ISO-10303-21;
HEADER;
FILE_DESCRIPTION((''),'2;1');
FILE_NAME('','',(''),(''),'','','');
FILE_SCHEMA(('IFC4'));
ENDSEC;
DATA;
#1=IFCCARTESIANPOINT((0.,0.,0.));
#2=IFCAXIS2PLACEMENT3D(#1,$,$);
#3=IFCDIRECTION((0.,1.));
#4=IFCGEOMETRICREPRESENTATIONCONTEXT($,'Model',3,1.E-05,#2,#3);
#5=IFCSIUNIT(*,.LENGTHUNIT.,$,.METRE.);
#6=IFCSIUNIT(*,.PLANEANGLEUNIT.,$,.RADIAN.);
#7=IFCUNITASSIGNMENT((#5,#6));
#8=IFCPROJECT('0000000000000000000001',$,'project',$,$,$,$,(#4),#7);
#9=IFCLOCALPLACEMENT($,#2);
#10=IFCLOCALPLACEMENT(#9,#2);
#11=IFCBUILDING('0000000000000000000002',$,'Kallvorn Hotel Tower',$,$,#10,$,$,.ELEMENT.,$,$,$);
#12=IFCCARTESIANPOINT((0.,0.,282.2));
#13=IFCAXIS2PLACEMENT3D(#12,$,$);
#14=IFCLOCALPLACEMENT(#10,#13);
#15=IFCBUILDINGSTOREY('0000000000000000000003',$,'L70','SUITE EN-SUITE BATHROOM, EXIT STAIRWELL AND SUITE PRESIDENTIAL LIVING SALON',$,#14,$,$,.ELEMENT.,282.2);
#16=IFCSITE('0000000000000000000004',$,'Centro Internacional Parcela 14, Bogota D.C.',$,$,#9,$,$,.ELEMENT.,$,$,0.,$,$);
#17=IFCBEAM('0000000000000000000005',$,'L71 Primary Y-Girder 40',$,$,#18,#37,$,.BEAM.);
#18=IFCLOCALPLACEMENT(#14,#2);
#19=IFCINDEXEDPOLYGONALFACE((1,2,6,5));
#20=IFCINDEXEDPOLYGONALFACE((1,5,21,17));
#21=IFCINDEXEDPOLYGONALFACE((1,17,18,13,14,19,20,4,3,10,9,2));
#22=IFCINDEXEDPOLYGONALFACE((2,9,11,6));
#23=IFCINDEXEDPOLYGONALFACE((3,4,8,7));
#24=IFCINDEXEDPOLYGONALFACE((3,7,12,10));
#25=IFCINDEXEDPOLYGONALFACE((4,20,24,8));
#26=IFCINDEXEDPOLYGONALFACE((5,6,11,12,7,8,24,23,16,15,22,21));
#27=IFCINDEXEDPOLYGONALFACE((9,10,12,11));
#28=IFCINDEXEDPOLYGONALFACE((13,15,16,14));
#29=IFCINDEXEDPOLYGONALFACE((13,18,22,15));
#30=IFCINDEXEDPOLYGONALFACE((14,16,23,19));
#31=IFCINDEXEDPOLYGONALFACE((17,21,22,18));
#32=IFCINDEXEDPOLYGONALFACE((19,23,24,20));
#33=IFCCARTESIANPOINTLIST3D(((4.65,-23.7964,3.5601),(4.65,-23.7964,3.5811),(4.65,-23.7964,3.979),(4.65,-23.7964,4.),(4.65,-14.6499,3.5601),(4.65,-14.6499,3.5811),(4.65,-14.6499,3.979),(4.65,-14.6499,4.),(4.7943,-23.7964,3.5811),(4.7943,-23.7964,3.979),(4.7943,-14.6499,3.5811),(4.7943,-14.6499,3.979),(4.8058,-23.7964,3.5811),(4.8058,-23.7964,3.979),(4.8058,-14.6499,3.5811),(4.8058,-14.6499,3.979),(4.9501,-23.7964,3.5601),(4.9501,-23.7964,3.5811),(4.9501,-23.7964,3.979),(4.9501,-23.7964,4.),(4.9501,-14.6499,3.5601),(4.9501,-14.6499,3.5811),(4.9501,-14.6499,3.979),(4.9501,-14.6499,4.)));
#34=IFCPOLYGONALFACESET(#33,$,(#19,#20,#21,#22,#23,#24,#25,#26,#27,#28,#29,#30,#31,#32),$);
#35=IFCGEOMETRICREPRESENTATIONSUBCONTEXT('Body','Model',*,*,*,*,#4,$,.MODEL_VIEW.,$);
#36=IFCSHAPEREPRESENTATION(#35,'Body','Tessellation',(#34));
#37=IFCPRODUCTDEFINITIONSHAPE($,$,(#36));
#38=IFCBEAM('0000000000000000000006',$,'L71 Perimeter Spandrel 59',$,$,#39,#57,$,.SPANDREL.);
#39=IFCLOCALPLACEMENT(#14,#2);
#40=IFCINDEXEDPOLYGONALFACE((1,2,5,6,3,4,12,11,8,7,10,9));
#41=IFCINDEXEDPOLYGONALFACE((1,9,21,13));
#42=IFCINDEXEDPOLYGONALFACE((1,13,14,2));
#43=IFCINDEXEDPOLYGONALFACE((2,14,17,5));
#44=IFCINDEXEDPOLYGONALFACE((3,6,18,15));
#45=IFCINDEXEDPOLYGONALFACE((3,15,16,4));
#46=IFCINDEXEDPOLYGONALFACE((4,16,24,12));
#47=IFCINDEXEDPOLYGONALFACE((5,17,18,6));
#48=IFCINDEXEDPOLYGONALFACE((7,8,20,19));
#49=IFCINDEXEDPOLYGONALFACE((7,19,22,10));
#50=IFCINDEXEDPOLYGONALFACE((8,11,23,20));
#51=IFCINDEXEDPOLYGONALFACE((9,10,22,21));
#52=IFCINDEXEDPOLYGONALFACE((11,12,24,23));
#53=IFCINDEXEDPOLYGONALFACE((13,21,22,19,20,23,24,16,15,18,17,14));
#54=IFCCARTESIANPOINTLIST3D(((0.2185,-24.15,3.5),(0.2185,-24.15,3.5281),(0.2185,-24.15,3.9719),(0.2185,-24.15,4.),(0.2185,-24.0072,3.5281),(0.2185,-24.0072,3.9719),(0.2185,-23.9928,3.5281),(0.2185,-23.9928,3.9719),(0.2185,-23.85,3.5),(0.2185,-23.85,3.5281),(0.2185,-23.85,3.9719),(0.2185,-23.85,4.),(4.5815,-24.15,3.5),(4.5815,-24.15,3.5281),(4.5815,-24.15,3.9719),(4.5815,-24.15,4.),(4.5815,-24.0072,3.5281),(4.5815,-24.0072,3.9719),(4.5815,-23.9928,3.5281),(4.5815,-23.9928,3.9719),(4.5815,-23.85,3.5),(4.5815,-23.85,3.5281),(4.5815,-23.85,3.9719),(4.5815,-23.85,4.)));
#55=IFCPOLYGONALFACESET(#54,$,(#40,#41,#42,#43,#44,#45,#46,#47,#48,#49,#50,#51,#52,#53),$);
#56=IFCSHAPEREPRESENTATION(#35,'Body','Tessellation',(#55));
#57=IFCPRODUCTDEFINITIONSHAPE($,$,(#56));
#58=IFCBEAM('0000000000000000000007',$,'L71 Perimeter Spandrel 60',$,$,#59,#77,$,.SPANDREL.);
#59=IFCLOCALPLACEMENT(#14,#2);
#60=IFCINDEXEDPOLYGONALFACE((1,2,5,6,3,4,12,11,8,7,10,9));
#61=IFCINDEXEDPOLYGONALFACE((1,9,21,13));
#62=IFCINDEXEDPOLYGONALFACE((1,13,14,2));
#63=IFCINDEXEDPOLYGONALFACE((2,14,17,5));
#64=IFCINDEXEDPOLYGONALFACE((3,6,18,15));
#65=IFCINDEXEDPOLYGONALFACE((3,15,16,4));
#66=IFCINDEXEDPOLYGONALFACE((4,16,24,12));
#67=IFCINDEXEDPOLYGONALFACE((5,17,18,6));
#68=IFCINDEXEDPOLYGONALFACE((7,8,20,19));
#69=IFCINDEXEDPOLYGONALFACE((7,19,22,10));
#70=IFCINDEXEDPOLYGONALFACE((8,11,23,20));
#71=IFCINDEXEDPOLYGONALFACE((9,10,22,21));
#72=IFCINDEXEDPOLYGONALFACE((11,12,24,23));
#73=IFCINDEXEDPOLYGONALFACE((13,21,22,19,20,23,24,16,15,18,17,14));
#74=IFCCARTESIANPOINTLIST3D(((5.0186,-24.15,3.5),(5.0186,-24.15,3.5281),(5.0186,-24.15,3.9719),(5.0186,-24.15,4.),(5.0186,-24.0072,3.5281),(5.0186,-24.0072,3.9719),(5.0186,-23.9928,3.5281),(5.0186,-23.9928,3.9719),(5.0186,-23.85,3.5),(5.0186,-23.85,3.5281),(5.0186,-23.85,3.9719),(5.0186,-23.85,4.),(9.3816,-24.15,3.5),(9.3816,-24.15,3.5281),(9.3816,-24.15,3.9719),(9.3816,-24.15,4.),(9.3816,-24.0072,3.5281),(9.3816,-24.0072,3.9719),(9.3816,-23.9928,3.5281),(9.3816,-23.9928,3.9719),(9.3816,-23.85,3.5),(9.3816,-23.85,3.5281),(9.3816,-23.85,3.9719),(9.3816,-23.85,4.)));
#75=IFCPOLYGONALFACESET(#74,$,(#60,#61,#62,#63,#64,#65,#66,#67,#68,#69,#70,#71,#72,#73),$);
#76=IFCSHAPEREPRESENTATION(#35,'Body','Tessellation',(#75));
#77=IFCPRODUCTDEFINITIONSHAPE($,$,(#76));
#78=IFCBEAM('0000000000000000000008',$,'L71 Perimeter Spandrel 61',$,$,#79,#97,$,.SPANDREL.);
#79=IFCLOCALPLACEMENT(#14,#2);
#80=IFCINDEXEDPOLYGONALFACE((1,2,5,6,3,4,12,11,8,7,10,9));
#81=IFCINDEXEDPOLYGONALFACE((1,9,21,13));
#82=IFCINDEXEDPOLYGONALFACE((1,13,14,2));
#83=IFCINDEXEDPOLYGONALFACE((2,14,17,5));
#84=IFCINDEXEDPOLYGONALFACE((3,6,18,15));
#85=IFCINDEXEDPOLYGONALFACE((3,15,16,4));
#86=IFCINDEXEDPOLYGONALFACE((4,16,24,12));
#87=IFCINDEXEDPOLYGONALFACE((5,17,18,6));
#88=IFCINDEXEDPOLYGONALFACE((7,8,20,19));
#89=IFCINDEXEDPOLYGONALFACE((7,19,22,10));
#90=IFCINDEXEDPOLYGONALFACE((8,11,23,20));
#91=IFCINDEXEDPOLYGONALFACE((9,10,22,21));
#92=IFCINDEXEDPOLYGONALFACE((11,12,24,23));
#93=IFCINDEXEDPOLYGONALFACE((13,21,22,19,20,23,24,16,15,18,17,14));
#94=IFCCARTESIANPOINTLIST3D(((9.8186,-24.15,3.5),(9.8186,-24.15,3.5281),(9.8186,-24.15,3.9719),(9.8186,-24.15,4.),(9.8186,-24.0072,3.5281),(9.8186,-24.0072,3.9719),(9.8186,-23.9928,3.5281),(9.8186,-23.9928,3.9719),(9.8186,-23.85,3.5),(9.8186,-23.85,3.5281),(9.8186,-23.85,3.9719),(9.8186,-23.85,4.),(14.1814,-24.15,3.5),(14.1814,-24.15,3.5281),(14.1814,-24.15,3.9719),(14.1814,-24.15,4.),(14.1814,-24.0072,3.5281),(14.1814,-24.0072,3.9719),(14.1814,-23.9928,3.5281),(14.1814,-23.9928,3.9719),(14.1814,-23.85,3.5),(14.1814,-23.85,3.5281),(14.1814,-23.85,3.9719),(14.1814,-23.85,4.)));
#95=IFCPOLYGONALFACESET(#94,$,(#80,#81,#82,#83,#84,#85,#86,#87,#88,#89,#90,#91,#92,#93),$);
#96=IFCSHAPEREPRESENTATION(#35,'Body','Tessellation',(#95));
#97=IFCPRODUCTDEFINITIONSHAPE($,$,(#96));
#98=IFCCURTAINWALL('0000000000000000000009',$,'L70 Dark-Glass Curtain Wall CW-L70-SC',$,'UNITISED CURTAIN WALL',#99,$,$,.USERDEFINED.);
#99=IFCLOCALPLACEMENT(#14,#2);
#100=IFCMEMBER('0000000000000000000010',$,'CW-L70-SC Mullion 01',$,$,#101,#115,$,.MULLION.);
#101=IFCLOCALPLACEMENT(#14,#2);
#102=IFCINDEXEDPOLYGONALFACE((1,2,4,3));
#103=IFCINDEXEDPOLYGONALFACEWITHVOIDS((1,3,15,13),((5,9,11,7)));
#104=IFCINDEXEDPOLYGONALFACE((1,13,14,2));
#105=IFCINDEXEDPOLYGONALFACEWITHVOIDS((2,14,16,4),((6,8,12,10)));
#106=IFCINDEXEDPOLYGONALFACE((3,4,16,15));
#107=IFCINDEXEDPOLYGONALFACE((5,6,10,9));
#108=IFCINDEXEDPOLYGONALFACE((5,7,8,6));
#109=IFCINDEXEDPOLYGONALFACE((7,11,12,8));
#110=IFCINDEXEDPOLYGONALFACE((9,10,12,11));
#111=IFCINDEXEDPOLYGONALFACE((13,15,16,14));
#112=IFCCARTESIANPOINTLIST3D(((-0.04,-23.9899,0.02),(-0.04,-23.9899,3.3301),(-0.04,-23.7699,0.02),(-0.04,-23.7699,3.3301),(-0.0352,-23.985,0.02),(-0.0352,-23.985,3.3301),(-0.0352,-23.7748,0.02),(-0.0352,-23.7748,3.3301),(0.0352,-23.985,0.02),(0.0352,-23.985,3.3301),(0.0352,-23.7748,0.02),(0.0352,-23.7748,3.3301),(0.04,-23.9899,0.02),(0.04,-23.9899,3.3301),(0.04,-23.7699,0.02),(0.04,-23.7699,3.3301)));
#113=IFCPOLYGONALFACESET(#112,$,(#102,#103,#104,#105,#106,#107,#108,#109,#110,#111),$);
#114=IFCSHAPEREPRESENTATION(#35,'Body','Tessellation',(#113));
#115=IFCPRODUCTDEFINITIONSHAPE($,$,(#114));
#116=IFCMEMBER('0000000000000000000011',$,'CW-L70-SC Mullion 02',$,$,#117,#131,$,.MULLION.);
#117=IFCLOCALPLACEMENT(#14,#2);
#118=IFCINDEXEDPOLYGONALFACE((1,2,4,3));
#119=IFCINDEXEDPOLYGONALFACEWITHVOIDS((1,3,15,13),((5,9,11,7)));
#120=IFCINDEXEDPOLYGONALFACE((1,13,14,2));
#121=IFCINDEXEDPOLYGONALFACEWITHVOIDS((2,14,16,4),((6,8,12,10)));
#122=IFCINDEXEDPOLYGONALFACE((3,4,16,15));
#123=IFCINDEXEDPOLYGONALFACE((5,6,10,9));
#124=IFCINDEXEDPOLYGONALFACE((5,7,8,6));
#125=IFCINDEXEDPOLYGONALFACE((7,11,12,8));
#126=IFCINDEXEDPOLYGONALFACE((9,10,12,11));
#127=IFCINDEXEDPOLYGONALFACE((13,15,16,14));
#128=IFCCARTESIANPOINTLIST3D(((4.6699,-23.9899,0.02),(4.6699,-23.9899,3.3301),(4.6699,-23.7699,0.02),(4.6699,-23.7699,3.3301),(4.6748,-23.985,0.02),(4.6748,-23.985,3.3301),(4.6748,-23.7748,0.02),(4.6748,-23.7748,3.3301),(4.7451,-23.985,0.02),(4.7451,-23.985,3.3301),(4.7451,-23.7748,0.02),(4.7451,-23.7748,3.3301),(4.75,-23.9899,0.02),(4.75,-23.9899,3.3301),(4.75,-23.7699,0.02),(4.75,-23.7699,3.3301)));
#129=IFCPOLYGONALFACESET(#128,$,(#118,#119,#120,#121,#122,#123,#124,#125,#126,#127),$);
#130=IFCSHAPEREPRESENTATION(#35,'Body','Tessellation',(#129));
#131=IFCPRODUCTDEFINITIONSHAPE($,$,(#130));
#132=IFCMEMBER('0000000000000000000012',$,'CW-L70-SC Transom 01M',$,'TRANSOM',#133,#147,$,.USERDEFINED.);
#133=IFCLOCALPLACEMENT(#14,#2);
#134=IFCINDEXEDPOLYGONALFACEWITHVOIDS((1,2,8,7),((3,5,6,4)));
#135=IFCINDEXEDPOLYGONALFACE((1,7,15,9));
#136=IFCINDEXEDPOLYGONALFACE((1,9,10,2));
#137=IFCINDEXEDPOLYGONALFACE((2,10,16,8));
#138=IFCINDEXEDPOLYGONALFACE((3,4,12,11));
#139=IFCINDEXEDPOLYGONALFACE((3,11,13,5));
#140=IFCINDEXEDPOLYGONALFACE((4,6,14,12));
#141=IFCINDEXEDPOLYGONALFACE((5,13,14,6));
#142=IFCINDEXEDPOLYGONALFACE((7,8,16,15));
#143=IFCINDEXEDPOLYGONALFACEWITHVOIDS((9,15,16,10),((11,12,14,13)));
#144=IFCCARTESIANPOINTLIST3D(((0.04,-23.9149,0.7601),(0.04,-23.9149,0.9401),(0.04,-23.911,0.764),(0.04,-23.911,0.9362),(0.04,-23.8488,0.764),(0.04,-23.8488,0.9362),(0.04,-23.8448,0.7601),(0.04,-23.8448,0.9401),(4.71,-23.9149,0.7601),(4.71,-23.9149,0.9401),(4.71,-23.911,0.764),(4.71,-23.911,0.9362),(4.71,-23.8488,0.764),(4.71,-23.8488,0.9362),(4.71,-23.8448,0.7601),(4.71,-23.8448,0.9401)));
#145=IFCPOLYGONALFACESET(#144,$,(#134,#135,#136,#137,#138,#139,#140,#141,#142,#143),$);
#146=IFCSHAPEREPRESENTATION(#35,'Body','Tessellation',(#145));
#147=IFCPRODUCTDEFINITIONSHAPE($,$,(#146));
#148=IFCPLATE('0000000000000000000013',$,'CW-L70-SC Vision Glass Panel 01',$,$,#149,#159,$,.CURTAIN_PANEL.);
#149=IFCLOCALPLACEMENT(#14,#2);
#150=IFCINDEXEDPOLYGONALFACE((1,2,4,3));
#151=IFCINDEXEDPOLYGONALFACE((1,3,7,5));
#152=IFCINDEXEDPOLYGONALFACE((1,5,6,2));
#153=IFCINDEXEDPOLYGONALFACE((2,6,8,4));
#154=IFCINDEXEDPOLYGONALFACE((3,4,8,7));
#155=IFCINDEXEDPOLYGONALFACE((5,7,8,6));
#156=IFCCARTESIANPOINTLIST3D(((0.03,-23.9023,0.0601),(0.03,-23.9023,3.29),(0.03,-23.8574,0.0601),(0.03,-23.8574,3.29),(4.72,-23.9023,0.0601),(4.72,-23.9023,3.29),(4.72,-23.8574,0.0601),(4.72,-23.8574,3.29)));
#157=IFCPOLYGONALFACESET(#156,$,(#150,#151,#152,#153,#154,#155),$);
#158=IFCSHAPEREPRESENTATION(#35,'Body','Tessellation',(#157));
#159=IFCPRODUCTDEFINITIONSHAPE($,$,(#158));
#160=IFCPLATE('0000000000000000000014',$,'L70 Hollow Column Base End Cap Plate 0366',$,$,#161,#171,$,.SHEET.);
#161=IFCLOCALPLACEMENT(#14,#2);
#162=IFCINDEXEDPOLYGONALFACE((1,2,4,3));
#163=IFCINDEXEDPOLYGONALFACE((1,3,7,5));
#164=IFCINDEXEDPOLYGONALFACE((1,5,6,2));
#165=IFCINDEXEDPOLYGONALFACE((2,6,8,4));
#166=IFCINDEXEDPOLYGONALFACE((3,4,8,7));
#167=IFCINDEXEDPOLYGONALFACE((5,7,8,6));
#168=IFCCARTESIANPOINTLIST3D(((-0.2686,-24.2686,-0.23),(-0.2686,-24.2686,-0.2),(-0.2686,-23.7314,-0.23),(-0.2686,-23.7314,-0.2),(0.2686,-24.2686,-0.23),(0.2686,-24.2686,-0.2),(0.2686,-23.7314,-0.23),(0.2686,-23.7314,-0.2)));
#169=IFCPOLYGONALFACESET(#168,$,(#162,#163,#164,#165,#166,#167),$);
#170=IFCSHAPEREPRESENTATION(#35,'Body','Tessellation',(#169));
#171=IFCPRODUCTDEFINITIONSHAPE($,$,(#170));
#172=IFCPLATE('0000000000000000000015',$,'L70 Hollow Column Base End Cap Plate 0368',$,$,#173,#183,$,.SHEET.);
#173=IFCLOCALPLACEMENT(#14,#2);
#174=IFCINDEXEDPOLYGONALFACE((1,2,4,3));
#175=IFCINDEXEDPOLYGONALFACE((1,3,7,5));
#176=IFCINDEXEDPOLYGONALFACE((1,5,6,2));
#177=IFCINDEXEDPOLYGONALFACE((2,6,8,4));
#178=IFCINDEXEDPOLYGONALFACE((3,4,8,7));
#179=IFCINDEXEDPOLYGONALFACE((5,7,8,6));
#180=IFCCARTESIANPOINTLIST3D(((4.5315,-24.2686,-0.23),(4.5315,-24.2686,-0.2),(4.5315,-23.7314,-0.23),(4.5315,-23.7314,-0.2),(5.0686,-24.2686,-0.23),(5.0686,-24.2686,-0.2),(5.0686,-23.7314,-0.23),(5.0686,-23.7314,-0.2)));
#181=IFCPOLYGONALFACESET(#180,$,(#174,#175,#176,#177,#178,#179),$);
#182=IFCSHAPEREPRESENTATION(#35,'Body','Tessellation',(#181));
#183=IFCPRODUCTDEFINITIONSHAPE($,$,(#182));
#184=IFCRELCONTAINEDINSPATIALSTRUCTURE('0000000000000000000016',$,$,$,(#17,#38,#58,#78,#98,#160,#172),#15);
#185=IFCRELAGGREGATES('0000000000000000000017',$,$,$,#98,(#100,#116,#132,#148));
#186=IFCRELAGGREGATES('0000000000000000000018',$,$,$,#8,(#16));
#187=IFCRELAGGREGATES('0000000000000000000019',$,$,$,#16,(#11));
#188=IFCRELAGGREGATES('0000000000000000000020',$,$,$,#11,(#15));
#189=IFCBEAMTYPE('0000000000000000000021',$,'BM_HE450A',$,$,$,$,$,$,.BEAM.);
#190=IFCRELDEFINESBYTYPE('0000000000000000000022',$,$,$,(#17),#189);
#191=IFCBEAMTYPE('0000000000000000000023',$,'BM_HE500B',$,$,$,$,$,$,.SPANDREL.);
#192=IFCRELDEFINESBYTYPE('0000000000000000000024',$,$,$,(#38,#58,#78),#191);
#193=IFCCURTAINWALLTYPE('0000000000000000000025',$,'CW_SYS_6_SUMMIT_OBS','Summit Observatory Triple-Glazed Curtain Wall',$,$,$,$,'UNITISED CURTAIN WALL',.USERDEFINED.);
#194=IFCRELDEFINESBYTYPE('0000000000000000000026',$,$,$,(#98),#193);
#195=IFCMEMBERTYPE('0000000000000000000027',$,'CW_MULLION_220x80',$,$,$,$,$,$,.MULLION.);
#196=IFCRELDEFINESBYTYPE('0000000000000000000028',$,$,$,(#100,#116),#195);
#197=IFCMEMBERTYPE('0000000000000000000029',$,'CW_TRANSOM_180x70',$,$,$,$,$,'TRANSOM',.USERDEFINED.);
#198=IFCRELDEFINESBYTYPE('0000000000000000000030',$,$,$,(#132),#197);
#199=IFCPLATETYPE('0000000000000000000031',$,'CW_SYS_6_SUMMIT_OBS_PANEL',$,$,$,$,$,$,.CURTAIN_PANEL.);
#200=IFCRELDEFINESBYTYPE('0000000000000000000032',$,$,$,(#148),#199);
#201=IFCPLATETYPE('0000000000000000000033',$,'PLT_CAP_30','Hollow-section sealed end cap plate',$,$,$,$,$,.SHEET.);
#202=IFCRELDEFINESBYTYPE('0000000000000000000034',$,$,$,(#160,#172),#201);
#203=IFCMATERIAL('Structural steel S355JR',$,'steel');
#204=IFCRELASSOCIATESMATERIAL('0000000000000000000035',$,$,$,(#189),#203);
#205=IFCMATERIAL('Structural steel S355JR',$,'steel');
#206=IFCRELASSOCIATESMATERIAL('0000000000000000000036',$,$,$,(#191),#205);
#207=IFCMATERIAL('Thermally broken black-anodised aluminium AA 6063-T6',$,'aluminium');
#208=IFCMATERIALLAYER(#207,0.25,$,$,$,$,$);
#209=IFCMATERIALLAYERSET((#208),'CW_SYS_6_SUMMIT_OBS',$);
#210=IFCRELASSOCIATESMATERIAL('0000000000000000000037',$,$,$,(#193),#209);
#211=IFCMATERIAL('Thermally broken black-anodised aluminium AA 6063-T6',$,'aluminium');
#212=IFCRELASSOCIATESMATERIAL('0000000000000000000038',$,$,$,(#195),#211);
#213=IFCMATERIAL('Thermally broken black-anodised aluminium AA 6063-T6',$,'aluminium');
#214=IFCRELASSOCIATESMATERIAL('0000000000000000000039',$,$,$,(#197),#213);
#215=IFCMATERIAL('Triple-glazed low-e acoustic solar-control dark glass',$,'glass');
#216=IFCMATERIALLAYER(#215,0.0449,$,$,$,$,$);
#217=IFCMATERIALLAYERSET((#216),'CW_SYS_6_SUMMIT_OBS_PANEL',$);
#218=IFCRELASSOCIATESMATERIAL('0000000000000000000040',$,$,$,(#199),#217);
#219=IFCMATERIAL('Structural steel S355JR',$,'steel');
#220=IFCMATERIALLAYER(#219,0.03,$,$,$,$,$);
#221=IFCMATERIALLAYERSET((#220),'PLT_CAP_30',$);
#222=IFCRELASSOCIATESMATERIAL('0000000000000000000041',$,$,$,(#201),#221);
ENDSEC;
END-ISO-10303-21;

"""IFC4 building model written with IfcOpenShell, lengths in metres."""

from ifc_helpers import new_model, si_unit, direction, frame, origin, origin_2d, place, context, subcontext, project, spatial, rectangle, hollow_rectangle, i_section, extrude, material, layer, layer_set, material_profile, profile_set, type_object, element, aggregate, save


model = new_model("IFC4")

# Units and contexts
model_context = context("Model", 3, precision=1e-05, world=origin(), true_north=direction((0.0, 1.0)))
body_context = subcontext(model_context, "Body", "Model", "MODEL_VIEW")
ifc_project = project(units=[si_unit("LENGTHUNIT", "METRE"), si_unit("PLANEANGLEUNIT", "RADIAN")], contexts=[model_context])

# Site, building, storey
site_placement = place(None, origin())
site = spatial("IfcSite", under=ifc_project, at=site_placement, Name="Centro Internacional Parcela 14, Bogota D.C.", CompositionType="ELEMENT", RefElevation=0.0)
building_placement = place(site_placement, origin())
building = spatial("IfcBuilding", under=site, at=building_placement, Name="Kallvorn Hotel Tower", CompositionType="ELEMENT")
storey_placement = place(building_placement, frame((0.0, 0.0, 282.2)))
storey = spatial("IfcBuildingStorey", under=building, at=storey_placement, Name="L70", Description="SUITE EN-SUITE BATHROOM, EXIT STAIRWELL AND SUITE PRESIDENTIAL LIVING SALON", CompositionType="ELEMENT", Elevation=282.2)

# Beams
ifc_material_1 = material(Name="Structural steel S355JR", Category="steel")
ifc_material_profile_1 = material_profile(ifc_material_1, i_section(OverallWidth=0.3, OverallDepth=0.4399, WebThickness=0.0115, FlangeThickness=0.021, at=origin_2d()), Name="HE 450 A")
ifc_profile_set_1 = profile_set([ifc_material_profile_1], Name="Structural steel S355JR")
beam_type_1 = type_object("IfcBeamType", Name="BM_HE450A", PredefinedType="BEAM", material=ifc_profile_set_1)
beam_1_placement = place(storey_placement, frame((4.8, -23.7964, 3.78), z_axis=(0.0, 1.0, 0.0), x_axis=(-1.0, 0.0, 0.0)))
element("IfcBeam", 1, at=beam_1_placement, inside=storey, type_object=beam_type_1, Name="L71 Primary Y-Girder 40", PredefinedType="BEAM", context=body_context, shape_type="SweptSolid", body=[
    extrude(i_section(OverallWidth=0.3, OverallDepth=0.4399, WebThickness=0.0115, FlangeThickness=0.021, at=origin_2d()), origin(), (0.0, 0.0, 1.0), 9.1465),
])
ifc_material_2 = material(Name="Structural steel S355JR", Category="steel")
ifc_material_profile_2 = material_profile(ifc_material_2, i_section(OverallWidth=0.3, OverallDepth=0.5, WebThickness=0.0144, FlangeThickness=0.0281, at=origin_2d()), Name="HE 500 B")
ifc_profile_set_2 = profile_set([ifc_material_profile_2], Name="Structural steel S355JR")
beam_type_2 = type_object("IfcBeamType", Name="BM_HE500B", PredefinedType="SPANDREL", material=ifc_profile_set_2)
for number, where, z_axis, x_axis, name in (
    (2, (0.2185, -24.0, 3.75), (1.0, 0.0, 0.0), (0.0, 1.0, 0.0), "L71 Perimeter Spandrel 59"),
    (3, (5.0186, -24.0, 3.75), (1.0, 0.0, 0.0), (0.0, 1.0, 0.0), "L71 Perimeter Spandrel 60"),
):
    element("IfcBeam", number, at=place(storey_placement, frame(where, z_axis=z_axis, x_axis=x_axis)), inside=storey, type_object=beam_type_2, Name=name, PredefinedType="SPANDREL", context=body_context, shape_type="SweptSolid", body=[
        extrude(i_section(OverallWidth=0.3, OverallDepth=0.5, WebThickness=0.0144, FlangeThickness=0.0281, at=origin_2d()), origin(), (0.0, 0.0, 1.0), 4.363),
    ])
beam_2_placement = place(storey_placement, frame((9.8186, -24.0, 3.75), z_axis=(1.0, 0.0, 0.0), x_axis=(0.0, 1.0, 0.0)))
element("IfcBeam", 4, at=beam_2_placement, inside=storey, type_object=beam_type_2, Name="L71 Perimeter Spandrel 61", PredefinedType="SPANDREL", context=body_context, shape_type="SweptSolid", body=[
    extrude(i_section(OverallWidth=0.3, OverallDepth=0.5, WebThickness=0.0144, FlangeThickness=0.0281, at=origin_2d()), origin(), (0.0, 0.0, 1.0), 4.3628),
])

# Curtain wall, members, plate
ifc_material_3 = material(Name="Thermally broken black-anodised aluminium AA 6063-T6", Category="aluminium")
ifc_layer_1 = layer(ifc_material_3, 0.25)
ifc_layer_set_1 = layer_set([ifc_layer_1], Name="CW_SYS_6_SUMMIT_OBS")
curtain_wall_type = type_object("IfcCurtainWallType", Name="CW_SYS_6_SUMMIT_OBS", Description="Summit Observatory Triple-Glazed Curtain Wall", ElementType="UNITISED CURTAIN WALL", PredefinedType="USERDEFINED", material=ifc_layer_set_1)
curtain_wall_placement = place(storey_placement, origin())
curtain_wall = element("IfcCurtainWall", 5, at=curtain_wall_placement, inside=storey, type_object=curtain_wall_type, Name="L70 Dark-Glass Curtain Wall CW-L70-SC", ObjectType="UNITISED CURTAIN WALL", PredefinedType="USERDEFINED")
ifc_material_4 = material(Name="Thermally broken black-anodised aluminium AA 6063-T6", Category="aluminium")
ifc_material_profile_3 = material_profile(ifc_material_4, hollow_rectangle(XDim=0.0801, YDim=0.22, WallThickness=0.0049, at=origin_2d()), Name="MUL 220x80")
ifc_profile_set_3 = profile_set([ifc_material_profile_3], Name="Thermally broken black-anodised aluminium AA 6063-T6")
member_type_1 = type_object("IfcMemberType", Name="CW_MULLION_220x80", PredefinedType="MULLION", material=ifc_profile_set_3)
member_1_placement = place(storey_placement, frame((0.0, -23.8799, 0.02), z_axis=(0.0, 0.0, 1.0), x_axis=(1.0, 0.0, 0.0)))
member_1 = element("IfcMember", 6, at=member_1_placement, type_object=member_type_1, Name="CW-L70-SC Mullion 01", PredefinedType="MULLION", context=body_context, shape_type="SweptSolid", body=[
    extrude(hollow_rectangle(XDim=0.0801, YDim=0.22, WallThickness=0.0049, at=origin_2d()), origin(), (0.0, 0.0, 1.0), 3.3101),
])
member_2_placement = place(storey_placement, frame((4.71, -23.8799, 0.02), z_axis=(0.0, 0.0, 1.0), x_axis=(1.0, 0.0, 0.0)))
member_2 = element("IfcMember", 7, at=member_2_placement, type_object=member_type_1, Name="CW-L70-SC Mullion 02", PredefinedType="MULLION", context=body_context, shape_type="SweptSolid", body=[
    extrude(hollow_rectangle(XDim=0.0801, YDim=0.22, WallThickness=0.0049, at=origin_2d()), origin(), (0.0, 0.0, 1.0), 3.3101),
])
ifc_material_5 = material(Name="Thermally broken black-anodised aluminium AA 6063-T6", Category="aluminium")
ifc_material_profile_4 = material_profile(ifc_material_5, hollow_rectangle(XDim=0.0701, YDim=0.1799, WallThickness=0.0039, at=origin_2d()), Name="TRN 180x70")
ifc_profile_set_4 = profile_set([ifc_material_profile_4], Name="Thermally broken black-anodised aluminium AA 6063-T6")
member_type_2 = type_object("IfcMemberType", Name="CW_TRANSOM_180x70", ElementType="TRANSOM", PredefinedType="USERDEFINED", material=ifc_profile_set_4)
member_3_placement = place(storey_placement, frame((0.04, -23.8799, 0.8501), z_axis=(1.0, 0.0, 0.0), x_axis=(0.0, 1.0, 0.0)))
member_3 = element("IfcMember", 8, at=member_3_placement, type_object=member_type_2, Name="CW-L70-SC Transom 01M", ObjectType="TRANSOM", PredefinedType="USERDEFINED", context=body_context, shape_type="SweptSolid", body=[
    extrude(hollow_rectangle(XDim=0.0701, YDim=0.1799, WallThickness=0.0039, at=origin_2d()), origin(), (0.0, 0.0, 1.0), 4.6699),
])
ifc_material_6 = material(Name="Triple-glazed low-e acoustic solar-control dark glass", Category="glass")
ifc_layer_2 = layer(ifc_material_6, 0.0449)
ifc_layer_set_2 = layer_set([ifc_layer_2], Name="CW_SYS_6_SUMMIT_OBS_PANEL")
plate_type_1 = type_object("IfcPlateType", Name="CW_SYS_6_SUMMIT_OBS_PANEL", PredefinedType="CURTAIN_PANEL", material=ifc_layer_set_2)
plate_placement = place(storey_placement, frame((2.375, -23.8799, 0.0601), z_axis=(0.0, 0.0, 1.0), x_axis=(1.0, 0.0, 0.0)))
plate = element("IfcPlate", 9, at=plate_placement, type_object=plate_type_1, Name="CW-L70-SC Vision Glass Panel 01", PredefinedType="CURTAIN_PANEL", context=body_context, shape_type="SweptSolid", body=[
    extrude(rectangle(XDim=4.6899, YDim=0.0449, at=origin_2d()), origin(), (0.0, 0.0, 1.0), 3.23),
])
aggregate(curtain_wall, [member_1, member_2, member_3, plate])

# Plates
ifc_material_7 = material(Name="Structural steel S355JR", Category="steel")
ifc_layer_3 = layer(ifc_material_7, 0.03)
ifc_layer_set_3 = layer_set([ifc_layer_3], Name="PLT_CAP_30")
plate_type_2 = type_object("IfcPlateType", Name="PLT_CAP_30", Description="Hollow-section sealed end cap plate", PredefinedType="SHEET", material=ifc_layer_set_3)
for number, where, z_axis, x_axis, name in (
    (10, (0.0, -24.0, -0.23), (0.0, 0.0, 1.0), (1.0, 0.0, 0.0), "L70 Hollow Column Base End Cap Plate 0366"),
    (11, (4.8, -24.0, -0.23), (0.0, 0.0, 1.0), (1.0, 0.0, 0.0), "L70 Hollow Column Base End Cap Plate 0368"),
):
    element("IfcPlate", number, at=place(storey_placement, frame(where, z_axis=z_axis, x_axis=x_axis)), inside=storey, type_object=plate_type_2, Name=name, PredefinedType="SHEET", context=body_context, shape_type="SweptSolid", body=[
        extrude(rectangle(XDim=0.5371, YDim=0.5371, at=origin_2d()), origin(), (0.0, 0.0, 1.0), 0.03),
    ])

save(model, "model.ifc")
